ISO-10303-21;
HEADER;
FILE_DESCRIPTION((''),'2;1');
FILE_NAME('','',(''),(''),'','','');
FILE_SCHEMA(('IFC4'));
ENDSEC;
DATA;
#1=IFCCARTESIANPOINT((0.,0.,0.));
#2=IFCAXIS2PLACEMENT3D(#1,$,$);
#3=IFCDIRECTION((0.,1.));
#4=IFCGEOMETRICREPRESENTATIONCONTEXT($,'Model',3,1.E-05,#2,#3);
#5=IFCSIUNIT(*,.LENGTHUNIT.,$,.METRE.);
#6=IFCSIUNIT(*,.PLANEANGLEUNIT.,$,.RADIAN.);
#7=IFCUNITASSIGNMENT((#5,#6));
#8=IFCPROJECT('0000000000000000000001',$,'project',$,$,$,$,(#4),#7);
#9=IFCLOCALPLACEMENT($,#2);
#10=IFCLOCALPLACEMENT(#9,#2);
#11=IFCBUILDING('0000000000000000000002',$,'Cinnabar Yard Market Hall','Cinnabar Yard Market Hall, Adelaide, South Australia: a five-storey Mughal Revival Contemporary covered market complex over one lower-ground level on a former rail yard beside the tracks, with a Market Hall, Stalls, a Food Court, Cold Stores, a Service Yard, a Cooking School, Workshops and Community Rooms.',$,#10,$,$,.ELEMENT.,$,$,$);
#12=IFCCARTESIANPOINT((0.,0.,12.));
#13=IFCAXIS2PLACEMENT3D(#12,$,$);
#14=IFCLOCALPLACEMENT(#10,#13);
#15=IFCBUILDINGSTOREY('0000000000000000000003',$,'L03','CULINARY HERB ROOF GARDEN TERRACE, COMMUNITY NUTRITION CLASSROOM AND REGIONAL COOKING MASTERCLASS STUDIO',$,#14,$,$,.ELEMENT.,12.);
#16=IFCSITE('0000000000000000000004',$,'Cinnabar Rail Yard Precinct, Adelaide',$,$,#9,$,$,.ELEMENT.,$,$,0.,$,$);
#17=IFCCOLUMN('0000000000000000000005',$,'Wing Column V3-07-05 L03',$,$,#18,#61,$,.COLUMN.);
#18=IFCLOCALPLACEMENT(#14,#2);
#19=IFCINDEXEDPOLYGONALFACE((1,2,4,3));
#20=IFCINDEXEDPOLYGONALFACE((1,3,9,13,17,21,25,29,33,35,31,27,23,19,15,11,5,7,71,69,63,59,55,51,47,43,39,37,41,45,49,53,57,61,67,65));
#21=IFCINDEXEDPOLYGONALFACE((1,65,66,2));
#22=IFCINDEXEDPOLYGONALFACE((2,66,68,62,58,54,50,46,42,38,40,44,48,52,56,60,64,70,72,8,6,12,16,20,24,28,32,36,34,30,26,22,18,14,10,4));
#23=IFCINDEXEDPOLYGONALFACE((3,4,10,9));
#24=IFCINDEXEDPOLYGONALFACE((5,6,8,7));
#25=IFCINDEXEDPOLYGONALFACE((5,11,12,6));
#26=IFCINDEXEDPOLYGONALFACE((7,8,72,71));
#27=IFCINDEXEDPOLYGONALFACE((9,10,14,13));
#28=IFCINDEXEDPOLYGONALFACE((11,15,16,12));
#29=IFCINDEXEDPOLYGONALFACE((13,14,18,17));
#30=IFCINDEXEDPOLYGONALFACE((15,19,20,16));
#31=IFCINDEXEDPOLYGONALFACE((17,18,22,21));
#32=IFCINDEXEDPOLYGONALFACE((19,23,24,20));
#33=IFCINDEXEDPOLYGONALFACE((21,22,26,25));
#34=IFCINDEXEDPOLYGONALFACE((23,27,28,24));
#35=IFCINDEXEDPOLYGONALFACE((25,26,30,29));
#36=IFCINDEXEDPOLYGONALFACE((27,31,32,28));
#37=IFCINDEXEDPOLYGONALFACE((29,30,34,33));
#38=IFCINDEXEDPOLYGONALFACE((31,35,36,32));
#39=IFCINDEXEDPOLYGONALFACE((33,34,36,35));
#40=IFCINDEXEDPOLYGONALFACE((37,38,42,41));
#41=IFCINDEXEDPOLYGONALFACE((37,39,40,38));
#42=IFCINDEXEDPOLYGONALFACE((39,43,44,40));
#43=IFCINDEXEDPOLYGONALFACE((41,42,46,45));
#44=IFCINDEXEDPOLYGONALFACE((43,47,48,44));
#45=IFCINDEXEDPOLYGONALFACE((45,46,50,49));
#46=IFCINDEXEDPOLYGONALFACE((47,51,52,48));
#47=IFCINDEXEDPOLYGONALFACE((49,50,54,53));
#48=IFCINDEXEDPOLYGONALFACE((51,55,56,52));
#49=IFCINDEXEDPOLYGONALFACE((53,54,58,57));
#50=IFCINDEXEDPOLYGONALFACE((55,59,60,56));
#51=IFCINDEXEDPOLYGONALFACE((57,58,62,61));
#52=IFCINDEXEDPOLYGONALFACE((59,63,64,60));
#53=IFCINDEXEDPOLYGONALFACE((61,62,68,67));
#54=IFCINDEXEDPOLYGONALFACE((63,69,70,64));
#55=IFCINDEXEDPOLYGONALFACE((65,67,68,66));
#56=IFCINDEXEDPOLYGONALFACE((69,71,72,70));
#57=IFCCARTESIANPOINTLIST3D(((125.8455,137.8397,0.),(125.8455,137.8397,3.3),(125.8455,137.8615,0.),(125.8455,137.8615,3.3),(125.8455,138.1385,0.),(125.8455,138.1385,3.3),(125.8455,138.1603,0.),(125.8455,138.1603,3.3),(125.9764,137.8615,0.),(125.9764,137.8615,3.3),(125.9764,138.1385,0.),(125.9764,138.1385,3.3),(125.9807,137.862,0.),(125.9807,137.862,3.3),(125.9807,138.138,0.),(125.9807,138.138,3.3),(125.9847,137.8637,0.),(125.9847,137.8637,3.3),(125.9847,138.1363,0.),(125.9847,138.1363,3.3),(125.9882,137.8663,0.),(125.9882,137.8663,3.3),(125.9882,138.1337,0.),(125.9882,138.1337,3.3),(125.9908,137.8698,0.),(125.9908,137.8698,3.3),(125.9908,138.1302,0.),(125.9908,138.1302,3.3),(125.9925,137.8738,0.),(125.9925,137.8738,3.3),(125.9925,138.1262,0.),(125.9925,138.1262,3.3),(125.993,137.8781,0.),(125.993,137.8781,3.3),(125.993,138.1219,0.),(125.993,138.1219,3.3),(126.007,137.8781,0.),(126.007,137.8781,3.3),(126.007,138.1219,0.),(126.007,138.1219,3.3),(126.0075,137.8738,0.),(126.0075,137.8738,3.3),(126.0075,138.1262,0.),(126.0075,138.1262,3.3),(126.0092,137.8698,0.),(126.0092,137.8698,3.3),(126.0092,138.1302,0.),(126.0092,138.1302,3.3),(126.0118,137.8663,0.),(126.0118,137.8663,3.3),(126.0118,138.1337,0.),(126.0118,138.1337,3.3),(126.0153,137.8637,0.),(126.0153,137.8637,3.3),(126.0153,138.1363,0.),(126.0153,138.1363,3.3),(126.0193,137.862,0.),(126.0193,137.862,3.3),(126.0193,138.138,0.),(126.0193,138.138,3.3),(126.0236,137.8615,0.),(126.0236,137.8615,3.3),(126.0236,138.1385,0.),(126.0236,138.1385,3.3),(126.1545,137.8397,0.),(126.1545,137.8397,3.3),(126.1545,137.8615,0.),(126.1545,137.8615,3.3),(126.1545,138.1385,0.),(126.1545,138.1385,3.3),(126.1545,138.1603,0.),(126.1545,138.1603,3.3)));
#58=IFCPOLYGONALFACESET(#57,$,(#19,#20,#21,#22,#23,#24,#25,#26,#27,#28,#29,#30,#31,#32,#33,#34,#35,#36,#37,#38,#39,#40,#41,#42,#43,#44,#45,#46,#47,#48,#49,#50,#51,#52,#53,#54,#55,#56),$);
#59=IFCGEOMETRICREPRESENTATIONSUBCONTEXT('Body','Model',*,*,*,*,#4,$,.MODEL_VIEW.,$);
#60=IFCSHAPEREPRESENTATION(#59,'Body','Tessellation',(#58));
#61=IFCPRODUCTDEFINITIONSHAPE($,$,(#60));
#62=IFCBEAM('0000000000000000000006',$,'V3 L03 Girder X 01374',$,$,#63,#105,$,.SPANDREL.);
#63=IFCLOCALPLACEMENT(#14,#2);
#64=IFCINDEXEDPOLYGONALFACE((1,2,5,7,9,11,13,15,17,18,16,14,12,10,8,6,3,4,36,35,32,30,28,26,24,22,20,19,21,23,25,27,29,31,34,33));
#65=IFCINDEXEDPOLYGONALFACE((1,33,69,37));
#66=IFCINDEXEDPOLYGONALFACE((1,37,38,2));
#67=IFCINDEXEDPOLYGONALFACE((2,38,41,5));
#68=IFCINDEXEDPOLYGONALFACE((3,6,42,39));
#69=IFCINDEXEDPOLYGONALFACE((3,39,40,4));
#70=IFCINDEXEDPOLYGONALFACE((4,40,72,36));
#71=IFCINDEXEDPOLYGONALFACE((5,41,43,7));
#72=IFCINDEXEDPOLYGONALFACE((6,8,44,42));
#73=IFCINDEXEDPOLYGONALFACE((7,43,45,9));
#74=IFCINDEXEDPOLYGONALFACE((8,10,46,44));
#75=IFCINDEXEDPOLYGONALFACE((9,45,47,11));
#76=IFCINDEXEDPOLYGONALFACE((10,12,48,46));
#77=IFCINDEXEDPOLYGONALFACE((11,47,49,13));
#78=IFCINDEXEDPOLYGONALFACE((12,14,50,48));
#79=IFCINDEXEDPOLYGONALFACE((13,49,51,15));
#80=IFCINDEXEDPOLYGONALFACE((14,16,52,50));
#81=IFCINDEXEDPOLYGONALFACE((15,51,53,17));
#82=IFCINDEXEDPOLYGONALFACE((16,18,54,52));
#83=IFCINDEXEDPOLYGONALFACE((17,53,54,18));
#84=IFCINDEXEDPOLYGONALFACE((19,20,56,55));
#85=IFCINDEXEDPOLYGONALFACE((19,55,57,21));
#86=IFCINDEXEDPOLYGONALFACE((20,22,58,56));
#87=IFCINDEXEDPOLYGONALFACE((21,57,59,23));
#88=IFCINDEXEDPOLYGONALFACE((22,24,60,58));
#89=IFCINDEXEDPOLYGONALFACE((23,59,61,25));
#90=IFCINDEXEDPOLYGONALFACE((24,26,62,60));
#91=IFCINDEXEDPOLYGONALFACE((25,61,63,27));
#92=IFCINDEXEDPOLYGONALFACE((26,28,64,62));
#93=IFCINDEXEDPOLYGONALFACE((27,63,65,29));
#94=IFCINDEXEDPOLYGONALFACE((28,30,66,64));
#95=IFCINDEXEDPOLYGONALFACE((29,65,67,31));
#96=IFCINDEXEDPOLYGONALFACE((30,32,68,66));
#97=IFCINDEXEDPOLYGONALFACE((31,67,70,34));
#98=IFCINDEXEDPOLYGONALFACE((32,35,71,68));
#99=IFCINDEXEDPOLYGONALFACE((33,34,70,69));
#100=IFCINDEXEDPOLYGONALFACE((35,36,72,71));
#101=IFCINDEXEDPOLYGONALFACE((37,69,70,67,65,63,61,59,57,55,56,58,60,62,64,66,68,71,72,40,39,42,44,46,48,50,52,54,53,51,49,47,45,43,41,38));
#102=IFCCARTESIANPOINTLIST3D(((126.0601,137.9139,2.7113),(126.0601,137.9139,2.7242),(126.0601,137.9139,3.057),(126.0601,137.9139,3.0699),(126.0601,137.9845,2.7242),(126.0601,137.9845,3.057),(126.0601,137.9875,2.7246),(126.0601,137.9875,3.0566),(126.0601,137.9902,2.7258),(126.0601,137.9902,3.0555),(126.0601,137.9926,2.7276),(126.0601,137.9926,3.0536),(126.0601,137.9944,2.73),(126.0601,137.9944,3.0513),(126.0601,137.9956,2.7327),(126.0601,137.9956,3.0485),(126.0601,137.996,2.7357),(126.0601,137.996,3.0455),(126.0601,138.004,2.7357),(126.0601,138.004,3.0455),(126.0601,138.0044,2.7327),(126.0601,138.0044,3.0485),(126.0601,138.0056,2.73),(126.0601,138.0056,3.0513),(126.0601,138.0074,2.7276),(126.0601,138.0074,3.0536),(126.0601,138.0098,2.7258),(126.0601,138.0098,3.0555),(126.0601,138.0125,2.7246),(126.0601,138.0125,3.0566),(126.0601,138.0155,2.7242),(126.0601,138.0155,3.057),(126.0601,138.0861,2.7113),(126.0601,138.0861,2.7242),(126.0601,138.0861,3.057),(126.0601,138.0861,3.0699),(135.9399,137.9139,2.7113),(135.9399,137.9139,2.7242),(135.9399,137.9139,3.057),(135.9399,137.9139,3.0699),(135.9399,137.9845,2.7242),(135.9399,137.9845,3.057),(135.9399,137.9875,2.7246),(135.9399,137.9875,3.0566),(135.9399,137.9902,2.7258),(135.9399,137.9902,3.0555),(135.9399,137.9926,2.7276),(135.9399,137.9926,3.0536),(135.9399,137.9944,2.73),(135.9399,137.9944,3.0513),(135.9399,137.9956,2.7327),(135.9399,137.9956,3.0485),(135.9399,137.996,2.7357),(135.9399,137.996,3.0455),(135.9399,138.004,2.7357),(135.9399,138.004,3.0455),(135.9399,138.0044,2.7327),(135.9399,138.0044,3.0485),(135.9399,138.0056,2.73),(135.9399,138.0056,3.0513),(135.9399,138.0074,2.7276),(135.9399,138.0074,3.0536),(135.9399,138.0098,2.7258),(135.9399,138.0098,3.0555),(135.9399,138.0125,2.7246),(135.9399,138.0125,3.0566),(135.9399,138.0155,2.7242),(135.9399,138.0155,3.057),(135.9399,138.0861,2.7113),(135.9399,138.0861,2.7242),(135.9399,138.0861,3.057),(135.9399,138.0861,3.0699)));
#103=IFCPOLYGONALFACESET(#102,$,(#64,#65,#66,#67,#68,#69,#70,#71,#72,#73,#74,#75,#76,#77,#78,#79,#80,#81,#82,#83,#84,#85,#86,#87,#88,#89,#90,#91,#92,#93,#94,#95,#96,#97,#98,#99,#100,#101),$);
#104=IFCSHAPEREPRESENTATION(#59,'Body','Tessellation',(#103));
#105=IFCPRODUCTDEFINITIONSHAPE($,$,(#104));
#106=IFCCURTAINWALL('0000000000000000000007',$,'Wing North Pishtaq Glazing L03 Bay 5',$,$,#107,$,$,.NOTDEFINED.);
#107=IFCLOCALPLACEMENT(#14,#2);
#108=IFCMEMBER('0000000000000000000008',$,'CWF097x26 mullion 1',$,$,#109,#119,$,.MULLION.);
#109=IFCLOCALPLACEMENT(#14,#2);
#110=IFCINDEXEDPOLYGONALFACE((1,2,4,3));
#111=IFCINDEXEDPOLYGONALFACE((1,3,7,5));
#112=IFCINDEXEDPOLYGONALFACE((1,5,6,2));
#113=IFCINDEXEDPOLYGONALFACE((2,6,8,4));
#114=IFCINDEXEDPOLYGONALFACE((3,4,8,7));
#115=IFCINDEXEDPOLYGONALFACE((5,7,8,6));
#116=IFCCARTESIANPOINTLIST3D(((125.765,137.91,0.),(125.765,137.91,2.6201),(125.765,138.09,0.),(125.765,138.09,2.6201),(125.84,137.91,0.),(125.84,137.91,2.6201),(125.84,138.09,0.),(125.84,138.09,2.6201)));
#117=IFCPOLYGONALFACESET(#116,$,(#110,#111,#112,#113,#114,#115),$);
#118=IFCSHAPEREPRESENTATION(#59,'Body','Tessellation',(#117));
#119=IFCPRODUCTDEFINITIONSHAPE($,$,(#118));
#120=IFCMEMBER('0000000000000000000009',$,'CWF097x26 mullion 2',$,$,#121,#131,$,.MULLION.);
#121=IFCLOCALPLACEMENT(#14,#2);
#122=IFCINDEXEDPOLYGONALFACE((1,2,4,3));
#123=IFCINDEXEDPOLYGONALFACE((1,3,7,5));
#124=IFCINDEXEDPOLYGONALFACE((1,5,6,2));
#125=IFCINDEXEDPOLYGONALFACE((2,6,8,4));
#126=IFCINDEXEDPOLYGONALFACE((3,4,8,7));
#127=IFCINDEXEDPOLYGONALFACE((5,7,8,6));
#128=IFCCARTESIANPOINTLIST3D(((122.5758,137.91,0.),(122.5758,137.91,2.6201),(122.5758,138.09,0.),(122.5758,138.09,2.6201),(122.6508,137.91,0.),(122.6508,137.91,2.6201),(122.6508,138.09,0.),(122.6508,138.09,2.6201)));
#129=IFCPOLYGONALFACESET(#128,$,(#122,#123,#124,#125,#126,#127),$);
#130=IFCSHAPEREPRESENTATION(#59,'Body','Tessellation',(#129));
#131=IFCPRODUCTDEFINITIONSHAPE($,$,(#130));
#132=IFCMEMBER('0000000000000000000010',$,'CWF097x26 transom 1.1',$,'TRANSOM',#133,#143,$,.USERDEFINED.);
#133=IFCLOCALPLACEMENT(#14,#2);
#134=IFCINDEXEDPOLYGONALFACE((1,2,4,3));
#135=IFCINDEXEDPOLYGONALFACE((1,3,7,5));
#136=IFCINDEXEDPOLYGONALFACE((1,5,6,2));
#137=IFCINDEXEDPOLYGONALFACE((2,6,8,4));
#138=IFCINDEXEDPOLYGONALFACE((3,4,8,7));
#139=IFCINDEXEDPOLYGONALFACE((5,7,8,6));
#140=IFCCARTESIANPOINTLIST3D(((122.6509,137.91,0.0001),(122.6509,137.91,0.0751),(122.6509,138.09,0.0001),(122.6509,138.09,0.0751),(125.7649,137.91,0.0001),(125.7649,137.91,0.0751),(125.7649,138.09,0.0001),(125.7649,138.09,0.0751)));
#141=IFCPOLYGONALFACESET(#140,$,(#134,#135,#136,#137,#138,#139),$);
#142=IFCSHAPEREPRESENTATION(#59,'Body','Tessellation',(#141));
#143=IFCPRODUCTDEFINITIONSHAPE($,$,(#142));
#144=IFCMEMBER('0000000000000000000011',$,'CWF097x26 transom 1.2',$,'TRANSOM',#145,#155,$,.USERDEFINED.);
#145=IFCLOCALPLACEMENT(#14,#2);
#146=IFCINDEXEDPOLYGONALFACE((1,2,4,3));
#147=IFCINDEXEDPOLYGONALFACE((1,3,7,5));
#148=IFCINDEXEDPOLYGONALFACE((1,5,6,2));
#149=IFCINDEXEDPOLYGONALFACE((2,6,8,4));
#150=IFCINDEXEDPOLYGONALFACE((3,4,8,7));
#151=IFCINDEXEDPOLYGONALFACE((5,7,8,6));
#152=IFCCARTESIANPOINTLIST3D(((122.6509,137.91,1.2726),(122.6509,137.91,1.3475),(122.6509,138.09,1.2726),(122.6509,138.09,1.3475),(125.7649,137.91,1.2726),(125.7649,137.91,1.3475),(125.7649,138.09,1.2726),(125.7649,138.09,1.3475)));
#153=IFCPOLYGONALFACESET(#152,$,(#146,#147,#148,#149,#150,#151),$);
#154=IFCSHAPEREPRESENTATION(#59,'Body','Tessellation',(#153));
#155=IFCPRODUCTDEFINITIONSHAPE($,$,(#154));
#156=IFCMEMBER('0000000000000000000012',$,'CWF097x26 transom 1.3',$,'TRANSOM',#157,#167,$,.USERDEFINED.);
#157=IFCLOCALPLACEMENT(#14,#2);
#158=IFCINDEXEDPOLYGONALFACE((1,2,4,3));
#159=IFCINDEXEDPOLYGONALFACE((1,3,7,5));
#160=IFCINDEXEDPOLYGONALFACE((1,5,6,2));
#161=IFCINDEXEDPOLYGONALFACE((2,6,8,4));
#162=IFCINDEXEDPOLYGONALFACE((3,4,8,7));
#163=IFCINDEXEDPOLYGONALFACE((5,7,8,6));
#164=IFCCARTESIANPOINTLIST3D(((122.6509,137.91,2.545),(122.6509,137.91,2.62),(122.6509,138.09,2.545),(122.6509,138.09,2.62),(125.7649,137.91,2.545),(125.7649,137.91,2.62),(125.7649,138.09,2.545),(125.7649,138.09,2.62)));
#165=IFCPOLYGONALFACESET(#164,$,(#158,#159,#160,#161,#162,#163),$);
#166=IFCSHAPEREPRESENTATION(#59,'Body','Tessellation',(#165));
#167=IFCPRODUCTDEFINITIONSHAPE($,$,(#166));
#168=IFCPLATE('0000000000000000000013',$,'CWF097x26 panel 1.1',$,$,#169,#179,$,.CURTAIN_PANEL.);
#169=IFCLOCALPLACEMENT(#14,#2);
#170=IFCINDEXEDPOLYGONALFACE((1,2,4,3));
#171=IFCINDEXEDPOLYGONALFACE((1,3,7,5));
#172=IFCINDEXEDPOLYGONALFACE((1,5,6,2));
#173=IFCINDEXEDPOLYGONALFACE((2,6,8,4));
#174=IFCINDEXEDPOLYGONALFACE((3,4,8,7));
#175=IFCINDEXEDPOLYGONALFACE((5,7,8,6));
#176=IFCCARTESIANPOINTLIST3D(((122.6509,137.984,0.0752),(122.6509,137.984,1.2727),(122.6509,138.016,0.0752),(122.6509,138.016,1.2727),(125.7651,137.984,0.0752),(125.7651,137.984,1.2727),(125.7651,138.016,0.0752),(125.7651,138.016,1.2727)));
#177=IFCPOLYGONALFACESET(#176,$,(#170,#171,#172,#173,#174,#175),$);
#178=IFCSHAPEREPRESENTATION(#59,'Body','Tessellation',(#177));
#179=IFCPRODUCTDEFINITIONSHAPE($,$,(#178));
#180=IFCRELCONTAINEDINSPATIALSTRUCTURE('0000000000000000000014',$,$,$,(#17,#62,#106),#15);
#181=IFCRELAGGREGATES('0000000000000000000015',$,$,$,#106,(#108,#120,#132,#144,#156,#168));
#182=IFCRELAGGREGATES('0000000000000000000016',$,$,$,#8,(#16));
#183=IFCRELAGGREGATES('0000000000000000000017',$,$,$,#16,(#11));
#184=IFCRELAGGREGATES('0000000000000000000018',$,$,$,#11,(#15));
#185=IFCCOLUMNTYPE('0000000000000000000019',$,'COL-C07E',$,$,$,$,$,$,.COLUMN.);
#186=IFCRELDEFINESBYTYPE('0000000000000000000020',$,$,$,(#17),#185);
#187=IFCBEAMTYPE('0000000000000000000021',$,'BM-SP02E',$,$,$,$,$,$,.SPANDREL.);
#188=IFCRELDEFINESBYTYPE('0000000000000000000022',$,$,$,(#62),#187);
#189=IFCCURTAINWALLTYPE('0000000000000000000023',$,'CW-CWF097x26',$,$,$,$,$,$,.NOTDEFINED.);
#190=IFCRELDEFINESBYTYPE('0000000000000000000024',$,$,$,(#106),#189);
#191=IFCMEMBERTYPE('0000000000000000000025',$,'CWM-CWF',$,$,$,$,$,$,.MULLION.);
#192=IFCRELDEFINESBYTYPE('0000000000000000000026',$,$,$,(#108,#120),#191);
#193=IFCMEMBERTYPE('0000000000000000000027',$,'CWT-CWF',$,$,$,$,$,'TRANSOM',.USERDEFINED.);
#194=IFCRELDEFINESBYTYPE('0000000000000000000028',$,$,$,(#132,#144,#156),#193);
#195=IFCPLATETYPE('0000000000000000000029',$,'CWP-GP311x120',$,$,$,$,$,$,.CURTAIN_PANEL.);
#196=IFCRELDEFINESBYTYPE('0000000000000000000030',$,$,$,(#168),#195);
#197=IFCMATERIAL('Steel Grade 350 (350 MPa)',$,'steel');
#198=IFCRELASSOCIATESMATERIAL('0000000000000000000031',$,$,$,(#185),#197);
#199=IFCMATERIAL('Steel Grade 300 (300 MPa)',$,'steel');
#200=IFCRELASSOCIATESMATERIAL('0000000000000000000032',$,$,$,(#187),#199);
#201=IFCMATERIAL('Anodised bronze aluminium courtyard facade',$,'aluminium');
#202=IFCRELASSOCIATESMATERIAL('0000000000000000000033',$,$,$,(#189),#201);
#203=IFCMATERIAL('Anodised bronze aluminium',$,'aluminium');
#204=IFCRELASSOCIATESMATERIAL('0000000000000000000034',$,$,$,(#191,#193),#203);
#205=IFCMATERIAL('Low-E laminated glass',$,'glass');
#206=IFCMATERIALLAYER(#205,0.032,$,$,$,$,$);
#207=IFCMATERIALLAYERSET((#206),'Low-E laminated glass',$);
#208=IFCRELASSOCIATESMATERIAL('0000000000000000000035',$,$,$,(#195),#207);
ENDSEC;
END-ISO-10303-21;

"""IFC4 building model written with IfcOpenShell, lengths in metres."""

from ifc_helpers import new_model, si_unit, direction, frame, origin, origin_2d_with_axis, place, context, subcontext, project, spatial, rectangle, i_section, extrude, material, layer, layer_set, material_profile, profile_set, type_object, element, aggregate, save


model = new_model("IFC4")

# Units and contexts
model_context = context("Model", 3, precision=1e-05, world=origin(), true_north=direction((0.0, 1.0)))
body_context = subcontext(model_context, "Body", "Model", "MODEL_VIEW")
ifc_project = project(units=[si_unit("LENGTHUNIT", "METRE"), si_unit("PLANEANGLEUNIT", "RADIAN")], contexts=[model_context])

# Site, building, storey
site_placement = place(None, origin())
site = spatial("IfcSite", under=ifc_project, at=site_placement, Name="Cinnabar Rail Yard Precinct, Adelaide", CompositionType="ELEMENT", RefElevation=0.0)
building_placement = place(site_placement, origin())
building = spatial("IfcBuilding", under=site, at=building_placement, Name="Cinnabar Yard Market Hall", Description="Cinnabar Yard Market Hall, Adelaide, South Australia: a five-storey Mughal Revival Contemporary covered market complex over one lower-ground level on a former rail yard beside the tracks, with a Market Hall, Stalls, a Food Court, Cold Stores, a Service Yard, a Cooking School, Workshops and Community Rooms.", CompositionType="ELEMENT")
storey_placement = place(building_placement, frame((0.0, 0.0, 12.0)))
storey = spatial("IfcBuildingStorey", under=building, at=storey_placement, Name="L03", Description="CULINARY HERB ROOF GARDEN TERRACE, COMMUNITY NUTRITION CLASSROOM AND REGIONAL COOKING MASTERCLASS STUDIO", CompositionType="ELEMENT", Elevation=12.0)

# Column
ifc_material_1 = material(Name="Steel Grade 350 (350 MPa)", Category="steel")
ifc_material_profile_1 = material_profile(ifc_material_1, i_section(OverallWidth=0.3091, OverallDepth=0.3206, WebThickness=0.0139, FlangeThickness=0.0217, FilletRadius=0.0166, at=origin_2d_with_axis()), Name="310UC137")
ifc_profile_set_1 = profile_set([ifc_material_profile_1], Name="Steel Grade 350 (350 MPa)")
column_type = type_object("IfcColumnType", Name="COL-C07E", PredefinedType="COLUMN", material=ifc_profile_set_1)
column_placement = place(storey_placement, frame((126.0, 138.0, 0.0), z_axis=(0.0, 0.0, 1.0), x_axis=(1.0, 0.0, 0.0)))
element("IfcColumn", 1, at=column_placement, inside=storey, type_object=column_type, Name="Wing Column V3-07-05 L03", PredefinedType="COLUMN", context=body_context, shape_type="SweptSolid", body=[
    extrude(i_section(OverallWidth=0.3091, OverallDepth=0.3206, WebThickness=0.0139, FlangeThickness=0.0217, FilletRadius=0.0166, at=origin_2d_with_axis()), origin(), (0.0, 0.0, 1.0), 3.3),
])

# Beam
ifc_material_2 = material(Name="Steel Grade 300 (300 MPa)", Category="steel")
ifc_material_profile_2 = material_profile(ifc_material_2, i_section(OverallWidth=0.1721, OverallDepth=0.3586, WebThickness=0.0081, FlangeThickness=0.0129, FilletRadius=0.0115, at=origin_2d_with_axis()), Name="360UB56.7")
ifc_profile_set_2 = profile_set([ifc_material_profile_2], Name="Steel Grade 300 (300 MPa)")
beam_type = type_object("IfcBeamType", Name="BM-SP02E", PredefinedType="SPANDREL", material=ifc_profile_set_2)
beam_placement = place(storey_placement, frame((126.0601, 138.0, 2.8906), z_axis=(1.0, 0.0, 0.0), x_axis=(0.0, 1.0, 0.0)))
element("IfcBeam", 2, at=beam_placement, inside=storey, type_object=beam_type, Name="V3 L03 Girder X 01374", PredefinedType="SPANDREL", context=body_context, shape_type="SweptSolid", body=[
    extrude(i_section(OverallWidth=0.1721, OverallDepth=0.3586, WebThickness=0.0081, FlangeThickness=0.0129, FilletRadius=0.0115, at=origin_2d_with_axis()), origin(), (0.0, 0.0, 1.0), 9.8799),
])

# Curtain wall, members, plate
ifc_material_3 = material(Name="Anodised bronze aluminium courtyard facade", Category="aluminium")
curtain_wall_type = type_object("IfcCurtainWallType", Name="CW-CWF097x26", PredefinedType="NOTDEFINED", material=ifc_material_3)
curtain_wall_placement = place(storey_placement, origin())
curtain_wall = element("IfcCurtainWall", 3, at=curtain_wall_placement, inside=storey, type_object=curtain_wall_type, Name="Wing North Pishtaq Glazing L03 Bay 5", PredefinedType="NOTDEFINED")
ifc_material_4 = material(Name="Anodised bronze aluminium", Category="aluminium")
ifc_material_profile_3 = material_profile(ifc_material_4, rectangle(XDim=0.1799, YDim=0.075, at=origin_2d_with_axis()), Name="MUL-CWF")
ifc_profile_set_3 = profile_set([ifc_material_profile_3], Name="Anodised bronze aluminium")
member_type_1 = type_object("IfcMemberType", Name="CWM-CWF", PredefinedType="MULLION", material=ifc_profile_set_3)
member_1_placement = place(storey_placement, frame((125.8025, 138.0, 0.0), z_axis=(0.0, 0.0, 1.0), x_axis=(0.0, -1.0, 0.0)))
member_1 = element("IfcMember", 4, at=member_1_placement, type_object=member_type_1, Name="CWF097x26 mullion 1", PredefinedType="MULLION", context=body_context, shape_type="SweptSolid", body=[
    extrude(rectangle(XDim=0.1799, YDim=0.075, at=origin_2d_with_axis()), origin(), (0.0, 0.0, 1.0), 2.6201),
])
member_2_placement = place(storey_placement, frame((122.6133, 138.0, 0.0), z_axis=(0.0, 0.0, 1.0), x_axis=(0.0, -1.0, 0.0)))
member_2 = element("IfcMember", 5, at=member_2_placement, type_object=member_type_1, Name="CWF097x26 mullion 2", PredefinedType="MULLION", context=body_context, shape_type="SweptSolid", body=[
    extrude(rectangle(XDim=0.1799, YDim=0.075, at=origin_2d_with_axis()), origin(), (0.0, 0.0, 1.0), 2.6201),
])
ifc_material_profile_4 = material_profile(ifc_material_4, rectangle(XDim=0.1799, YDim=0.075, at=origin_2d_with_axis()), Name="TRN-CWF")
ifc_profile_set_4 = profile_set([ifc_material_profile_4], Name="Anodised bronze aluminium")
member_type_2 = type_object("IfcMemberType", Name="CWT-CWF", ElementType="TRANSOM", PredefinedType="USERDEFINED", material=ifc_profile_set_4)
member_3_placement = place(storey_placement, frame((125.7649, 138.0, 0.0376), z_axis=(-1.0, 0.0, 0.0), x_axis=(0.0, -1.0, 0.0)))
member_3 = element("IfcMember", 6, at=member_3_placement, type_object=member_type_2, Name="CWF097x26 transom 1.1", ObjectType="TRANSOM", PredefinedType="USERDEFINED", context=body_context, shape_type="SweptSolid", body=[
    extrude(rectangle(XDim=0.1799, YDim=0.075, at=origin_2d_with_axis()), origin(), (0.0, 0.0, 1.0), 3.114),
])
member_4_placement = place(storey_placement, frame((125.7649, 138.0, 1.3101), z_axis=(-1.0, 0.0, 0.0), x_axis=(0.0, -1.0, 0.0)))
member_4 = element("IfcMember", 7, at=member_4_placement, type_object=member_type_2, Name="CWF097x26 transom 1.2", ObjectType="TRANSOM", PredefinedType="USERDEFINED", context=body_context, shape_type="SweptSolid", body=[
    extrude(rectangle(XDim=0.1799, YDim=0.075, at=origin_2d_with_axis()), origin(), (0.0, 0.0, 1.0), 3.114),
])
member_5_placement = place(storey_placement, frame((125.7649, 138.0, 2.5825), z_axis=(-1.0, 0.0, 0.0), x_axis=(0.0, -1.0, 0.0)))
member_5 = element("IfcMember", 8, at=member_5_placement, type_object=member_type_2, Name="CWF097x26 transom 1.3", ObjectType="TRANSOM", PredefinedType="USERDEFINED", context=body_context, shape_type="SweptSolid", body=[
    extrude(rectangle(XDim=0.1799, YDim=0.075, at=origin_2d_with_axis()), origin(), (0.0, 0.0, 1.0), 3.114),
])
ifc_material_5 = material(Name="Low-E laminated glass", Category="glass")
ifc_layer_1 = layer(ifc_material_5, 0.032)
ifc_layer_set_1 = layer_set([ifc_layer_1], Name="Low-E laminated glass")
plate_type = type_object("IfcPlateType", Name="CWP-GP311x120", PredefinedType="CURTAIN_PANEL", material=ifc_layer_set_1)
plate_1_placement = place(storey_placement, frame((124.208, 138.0, 0.0752), z_axis=(0.0, 0.0, 1.0), x_axis=(-1.0, 0.0, 0.0)))
plate_1 = element("IfcPlate", 9, at=plate_1_placement, type_object=plate_type, Name="CWF097x26 panel 1.1", PredefinedType="CURTAIN_PANEL", context=body_context, shape_type="SweptSolid", body=[
    extrude(rectangle(XDim=3.1143, YDim=0.032, at=origin_2d_with_axis()), origin(), (0.0, 0.0, 1.0), 1.1975),
])
aggregate(curtain_wall, [member_1, member_2, member_3, member_4, member_5, plate_1])

save(model, "model.ifc")
